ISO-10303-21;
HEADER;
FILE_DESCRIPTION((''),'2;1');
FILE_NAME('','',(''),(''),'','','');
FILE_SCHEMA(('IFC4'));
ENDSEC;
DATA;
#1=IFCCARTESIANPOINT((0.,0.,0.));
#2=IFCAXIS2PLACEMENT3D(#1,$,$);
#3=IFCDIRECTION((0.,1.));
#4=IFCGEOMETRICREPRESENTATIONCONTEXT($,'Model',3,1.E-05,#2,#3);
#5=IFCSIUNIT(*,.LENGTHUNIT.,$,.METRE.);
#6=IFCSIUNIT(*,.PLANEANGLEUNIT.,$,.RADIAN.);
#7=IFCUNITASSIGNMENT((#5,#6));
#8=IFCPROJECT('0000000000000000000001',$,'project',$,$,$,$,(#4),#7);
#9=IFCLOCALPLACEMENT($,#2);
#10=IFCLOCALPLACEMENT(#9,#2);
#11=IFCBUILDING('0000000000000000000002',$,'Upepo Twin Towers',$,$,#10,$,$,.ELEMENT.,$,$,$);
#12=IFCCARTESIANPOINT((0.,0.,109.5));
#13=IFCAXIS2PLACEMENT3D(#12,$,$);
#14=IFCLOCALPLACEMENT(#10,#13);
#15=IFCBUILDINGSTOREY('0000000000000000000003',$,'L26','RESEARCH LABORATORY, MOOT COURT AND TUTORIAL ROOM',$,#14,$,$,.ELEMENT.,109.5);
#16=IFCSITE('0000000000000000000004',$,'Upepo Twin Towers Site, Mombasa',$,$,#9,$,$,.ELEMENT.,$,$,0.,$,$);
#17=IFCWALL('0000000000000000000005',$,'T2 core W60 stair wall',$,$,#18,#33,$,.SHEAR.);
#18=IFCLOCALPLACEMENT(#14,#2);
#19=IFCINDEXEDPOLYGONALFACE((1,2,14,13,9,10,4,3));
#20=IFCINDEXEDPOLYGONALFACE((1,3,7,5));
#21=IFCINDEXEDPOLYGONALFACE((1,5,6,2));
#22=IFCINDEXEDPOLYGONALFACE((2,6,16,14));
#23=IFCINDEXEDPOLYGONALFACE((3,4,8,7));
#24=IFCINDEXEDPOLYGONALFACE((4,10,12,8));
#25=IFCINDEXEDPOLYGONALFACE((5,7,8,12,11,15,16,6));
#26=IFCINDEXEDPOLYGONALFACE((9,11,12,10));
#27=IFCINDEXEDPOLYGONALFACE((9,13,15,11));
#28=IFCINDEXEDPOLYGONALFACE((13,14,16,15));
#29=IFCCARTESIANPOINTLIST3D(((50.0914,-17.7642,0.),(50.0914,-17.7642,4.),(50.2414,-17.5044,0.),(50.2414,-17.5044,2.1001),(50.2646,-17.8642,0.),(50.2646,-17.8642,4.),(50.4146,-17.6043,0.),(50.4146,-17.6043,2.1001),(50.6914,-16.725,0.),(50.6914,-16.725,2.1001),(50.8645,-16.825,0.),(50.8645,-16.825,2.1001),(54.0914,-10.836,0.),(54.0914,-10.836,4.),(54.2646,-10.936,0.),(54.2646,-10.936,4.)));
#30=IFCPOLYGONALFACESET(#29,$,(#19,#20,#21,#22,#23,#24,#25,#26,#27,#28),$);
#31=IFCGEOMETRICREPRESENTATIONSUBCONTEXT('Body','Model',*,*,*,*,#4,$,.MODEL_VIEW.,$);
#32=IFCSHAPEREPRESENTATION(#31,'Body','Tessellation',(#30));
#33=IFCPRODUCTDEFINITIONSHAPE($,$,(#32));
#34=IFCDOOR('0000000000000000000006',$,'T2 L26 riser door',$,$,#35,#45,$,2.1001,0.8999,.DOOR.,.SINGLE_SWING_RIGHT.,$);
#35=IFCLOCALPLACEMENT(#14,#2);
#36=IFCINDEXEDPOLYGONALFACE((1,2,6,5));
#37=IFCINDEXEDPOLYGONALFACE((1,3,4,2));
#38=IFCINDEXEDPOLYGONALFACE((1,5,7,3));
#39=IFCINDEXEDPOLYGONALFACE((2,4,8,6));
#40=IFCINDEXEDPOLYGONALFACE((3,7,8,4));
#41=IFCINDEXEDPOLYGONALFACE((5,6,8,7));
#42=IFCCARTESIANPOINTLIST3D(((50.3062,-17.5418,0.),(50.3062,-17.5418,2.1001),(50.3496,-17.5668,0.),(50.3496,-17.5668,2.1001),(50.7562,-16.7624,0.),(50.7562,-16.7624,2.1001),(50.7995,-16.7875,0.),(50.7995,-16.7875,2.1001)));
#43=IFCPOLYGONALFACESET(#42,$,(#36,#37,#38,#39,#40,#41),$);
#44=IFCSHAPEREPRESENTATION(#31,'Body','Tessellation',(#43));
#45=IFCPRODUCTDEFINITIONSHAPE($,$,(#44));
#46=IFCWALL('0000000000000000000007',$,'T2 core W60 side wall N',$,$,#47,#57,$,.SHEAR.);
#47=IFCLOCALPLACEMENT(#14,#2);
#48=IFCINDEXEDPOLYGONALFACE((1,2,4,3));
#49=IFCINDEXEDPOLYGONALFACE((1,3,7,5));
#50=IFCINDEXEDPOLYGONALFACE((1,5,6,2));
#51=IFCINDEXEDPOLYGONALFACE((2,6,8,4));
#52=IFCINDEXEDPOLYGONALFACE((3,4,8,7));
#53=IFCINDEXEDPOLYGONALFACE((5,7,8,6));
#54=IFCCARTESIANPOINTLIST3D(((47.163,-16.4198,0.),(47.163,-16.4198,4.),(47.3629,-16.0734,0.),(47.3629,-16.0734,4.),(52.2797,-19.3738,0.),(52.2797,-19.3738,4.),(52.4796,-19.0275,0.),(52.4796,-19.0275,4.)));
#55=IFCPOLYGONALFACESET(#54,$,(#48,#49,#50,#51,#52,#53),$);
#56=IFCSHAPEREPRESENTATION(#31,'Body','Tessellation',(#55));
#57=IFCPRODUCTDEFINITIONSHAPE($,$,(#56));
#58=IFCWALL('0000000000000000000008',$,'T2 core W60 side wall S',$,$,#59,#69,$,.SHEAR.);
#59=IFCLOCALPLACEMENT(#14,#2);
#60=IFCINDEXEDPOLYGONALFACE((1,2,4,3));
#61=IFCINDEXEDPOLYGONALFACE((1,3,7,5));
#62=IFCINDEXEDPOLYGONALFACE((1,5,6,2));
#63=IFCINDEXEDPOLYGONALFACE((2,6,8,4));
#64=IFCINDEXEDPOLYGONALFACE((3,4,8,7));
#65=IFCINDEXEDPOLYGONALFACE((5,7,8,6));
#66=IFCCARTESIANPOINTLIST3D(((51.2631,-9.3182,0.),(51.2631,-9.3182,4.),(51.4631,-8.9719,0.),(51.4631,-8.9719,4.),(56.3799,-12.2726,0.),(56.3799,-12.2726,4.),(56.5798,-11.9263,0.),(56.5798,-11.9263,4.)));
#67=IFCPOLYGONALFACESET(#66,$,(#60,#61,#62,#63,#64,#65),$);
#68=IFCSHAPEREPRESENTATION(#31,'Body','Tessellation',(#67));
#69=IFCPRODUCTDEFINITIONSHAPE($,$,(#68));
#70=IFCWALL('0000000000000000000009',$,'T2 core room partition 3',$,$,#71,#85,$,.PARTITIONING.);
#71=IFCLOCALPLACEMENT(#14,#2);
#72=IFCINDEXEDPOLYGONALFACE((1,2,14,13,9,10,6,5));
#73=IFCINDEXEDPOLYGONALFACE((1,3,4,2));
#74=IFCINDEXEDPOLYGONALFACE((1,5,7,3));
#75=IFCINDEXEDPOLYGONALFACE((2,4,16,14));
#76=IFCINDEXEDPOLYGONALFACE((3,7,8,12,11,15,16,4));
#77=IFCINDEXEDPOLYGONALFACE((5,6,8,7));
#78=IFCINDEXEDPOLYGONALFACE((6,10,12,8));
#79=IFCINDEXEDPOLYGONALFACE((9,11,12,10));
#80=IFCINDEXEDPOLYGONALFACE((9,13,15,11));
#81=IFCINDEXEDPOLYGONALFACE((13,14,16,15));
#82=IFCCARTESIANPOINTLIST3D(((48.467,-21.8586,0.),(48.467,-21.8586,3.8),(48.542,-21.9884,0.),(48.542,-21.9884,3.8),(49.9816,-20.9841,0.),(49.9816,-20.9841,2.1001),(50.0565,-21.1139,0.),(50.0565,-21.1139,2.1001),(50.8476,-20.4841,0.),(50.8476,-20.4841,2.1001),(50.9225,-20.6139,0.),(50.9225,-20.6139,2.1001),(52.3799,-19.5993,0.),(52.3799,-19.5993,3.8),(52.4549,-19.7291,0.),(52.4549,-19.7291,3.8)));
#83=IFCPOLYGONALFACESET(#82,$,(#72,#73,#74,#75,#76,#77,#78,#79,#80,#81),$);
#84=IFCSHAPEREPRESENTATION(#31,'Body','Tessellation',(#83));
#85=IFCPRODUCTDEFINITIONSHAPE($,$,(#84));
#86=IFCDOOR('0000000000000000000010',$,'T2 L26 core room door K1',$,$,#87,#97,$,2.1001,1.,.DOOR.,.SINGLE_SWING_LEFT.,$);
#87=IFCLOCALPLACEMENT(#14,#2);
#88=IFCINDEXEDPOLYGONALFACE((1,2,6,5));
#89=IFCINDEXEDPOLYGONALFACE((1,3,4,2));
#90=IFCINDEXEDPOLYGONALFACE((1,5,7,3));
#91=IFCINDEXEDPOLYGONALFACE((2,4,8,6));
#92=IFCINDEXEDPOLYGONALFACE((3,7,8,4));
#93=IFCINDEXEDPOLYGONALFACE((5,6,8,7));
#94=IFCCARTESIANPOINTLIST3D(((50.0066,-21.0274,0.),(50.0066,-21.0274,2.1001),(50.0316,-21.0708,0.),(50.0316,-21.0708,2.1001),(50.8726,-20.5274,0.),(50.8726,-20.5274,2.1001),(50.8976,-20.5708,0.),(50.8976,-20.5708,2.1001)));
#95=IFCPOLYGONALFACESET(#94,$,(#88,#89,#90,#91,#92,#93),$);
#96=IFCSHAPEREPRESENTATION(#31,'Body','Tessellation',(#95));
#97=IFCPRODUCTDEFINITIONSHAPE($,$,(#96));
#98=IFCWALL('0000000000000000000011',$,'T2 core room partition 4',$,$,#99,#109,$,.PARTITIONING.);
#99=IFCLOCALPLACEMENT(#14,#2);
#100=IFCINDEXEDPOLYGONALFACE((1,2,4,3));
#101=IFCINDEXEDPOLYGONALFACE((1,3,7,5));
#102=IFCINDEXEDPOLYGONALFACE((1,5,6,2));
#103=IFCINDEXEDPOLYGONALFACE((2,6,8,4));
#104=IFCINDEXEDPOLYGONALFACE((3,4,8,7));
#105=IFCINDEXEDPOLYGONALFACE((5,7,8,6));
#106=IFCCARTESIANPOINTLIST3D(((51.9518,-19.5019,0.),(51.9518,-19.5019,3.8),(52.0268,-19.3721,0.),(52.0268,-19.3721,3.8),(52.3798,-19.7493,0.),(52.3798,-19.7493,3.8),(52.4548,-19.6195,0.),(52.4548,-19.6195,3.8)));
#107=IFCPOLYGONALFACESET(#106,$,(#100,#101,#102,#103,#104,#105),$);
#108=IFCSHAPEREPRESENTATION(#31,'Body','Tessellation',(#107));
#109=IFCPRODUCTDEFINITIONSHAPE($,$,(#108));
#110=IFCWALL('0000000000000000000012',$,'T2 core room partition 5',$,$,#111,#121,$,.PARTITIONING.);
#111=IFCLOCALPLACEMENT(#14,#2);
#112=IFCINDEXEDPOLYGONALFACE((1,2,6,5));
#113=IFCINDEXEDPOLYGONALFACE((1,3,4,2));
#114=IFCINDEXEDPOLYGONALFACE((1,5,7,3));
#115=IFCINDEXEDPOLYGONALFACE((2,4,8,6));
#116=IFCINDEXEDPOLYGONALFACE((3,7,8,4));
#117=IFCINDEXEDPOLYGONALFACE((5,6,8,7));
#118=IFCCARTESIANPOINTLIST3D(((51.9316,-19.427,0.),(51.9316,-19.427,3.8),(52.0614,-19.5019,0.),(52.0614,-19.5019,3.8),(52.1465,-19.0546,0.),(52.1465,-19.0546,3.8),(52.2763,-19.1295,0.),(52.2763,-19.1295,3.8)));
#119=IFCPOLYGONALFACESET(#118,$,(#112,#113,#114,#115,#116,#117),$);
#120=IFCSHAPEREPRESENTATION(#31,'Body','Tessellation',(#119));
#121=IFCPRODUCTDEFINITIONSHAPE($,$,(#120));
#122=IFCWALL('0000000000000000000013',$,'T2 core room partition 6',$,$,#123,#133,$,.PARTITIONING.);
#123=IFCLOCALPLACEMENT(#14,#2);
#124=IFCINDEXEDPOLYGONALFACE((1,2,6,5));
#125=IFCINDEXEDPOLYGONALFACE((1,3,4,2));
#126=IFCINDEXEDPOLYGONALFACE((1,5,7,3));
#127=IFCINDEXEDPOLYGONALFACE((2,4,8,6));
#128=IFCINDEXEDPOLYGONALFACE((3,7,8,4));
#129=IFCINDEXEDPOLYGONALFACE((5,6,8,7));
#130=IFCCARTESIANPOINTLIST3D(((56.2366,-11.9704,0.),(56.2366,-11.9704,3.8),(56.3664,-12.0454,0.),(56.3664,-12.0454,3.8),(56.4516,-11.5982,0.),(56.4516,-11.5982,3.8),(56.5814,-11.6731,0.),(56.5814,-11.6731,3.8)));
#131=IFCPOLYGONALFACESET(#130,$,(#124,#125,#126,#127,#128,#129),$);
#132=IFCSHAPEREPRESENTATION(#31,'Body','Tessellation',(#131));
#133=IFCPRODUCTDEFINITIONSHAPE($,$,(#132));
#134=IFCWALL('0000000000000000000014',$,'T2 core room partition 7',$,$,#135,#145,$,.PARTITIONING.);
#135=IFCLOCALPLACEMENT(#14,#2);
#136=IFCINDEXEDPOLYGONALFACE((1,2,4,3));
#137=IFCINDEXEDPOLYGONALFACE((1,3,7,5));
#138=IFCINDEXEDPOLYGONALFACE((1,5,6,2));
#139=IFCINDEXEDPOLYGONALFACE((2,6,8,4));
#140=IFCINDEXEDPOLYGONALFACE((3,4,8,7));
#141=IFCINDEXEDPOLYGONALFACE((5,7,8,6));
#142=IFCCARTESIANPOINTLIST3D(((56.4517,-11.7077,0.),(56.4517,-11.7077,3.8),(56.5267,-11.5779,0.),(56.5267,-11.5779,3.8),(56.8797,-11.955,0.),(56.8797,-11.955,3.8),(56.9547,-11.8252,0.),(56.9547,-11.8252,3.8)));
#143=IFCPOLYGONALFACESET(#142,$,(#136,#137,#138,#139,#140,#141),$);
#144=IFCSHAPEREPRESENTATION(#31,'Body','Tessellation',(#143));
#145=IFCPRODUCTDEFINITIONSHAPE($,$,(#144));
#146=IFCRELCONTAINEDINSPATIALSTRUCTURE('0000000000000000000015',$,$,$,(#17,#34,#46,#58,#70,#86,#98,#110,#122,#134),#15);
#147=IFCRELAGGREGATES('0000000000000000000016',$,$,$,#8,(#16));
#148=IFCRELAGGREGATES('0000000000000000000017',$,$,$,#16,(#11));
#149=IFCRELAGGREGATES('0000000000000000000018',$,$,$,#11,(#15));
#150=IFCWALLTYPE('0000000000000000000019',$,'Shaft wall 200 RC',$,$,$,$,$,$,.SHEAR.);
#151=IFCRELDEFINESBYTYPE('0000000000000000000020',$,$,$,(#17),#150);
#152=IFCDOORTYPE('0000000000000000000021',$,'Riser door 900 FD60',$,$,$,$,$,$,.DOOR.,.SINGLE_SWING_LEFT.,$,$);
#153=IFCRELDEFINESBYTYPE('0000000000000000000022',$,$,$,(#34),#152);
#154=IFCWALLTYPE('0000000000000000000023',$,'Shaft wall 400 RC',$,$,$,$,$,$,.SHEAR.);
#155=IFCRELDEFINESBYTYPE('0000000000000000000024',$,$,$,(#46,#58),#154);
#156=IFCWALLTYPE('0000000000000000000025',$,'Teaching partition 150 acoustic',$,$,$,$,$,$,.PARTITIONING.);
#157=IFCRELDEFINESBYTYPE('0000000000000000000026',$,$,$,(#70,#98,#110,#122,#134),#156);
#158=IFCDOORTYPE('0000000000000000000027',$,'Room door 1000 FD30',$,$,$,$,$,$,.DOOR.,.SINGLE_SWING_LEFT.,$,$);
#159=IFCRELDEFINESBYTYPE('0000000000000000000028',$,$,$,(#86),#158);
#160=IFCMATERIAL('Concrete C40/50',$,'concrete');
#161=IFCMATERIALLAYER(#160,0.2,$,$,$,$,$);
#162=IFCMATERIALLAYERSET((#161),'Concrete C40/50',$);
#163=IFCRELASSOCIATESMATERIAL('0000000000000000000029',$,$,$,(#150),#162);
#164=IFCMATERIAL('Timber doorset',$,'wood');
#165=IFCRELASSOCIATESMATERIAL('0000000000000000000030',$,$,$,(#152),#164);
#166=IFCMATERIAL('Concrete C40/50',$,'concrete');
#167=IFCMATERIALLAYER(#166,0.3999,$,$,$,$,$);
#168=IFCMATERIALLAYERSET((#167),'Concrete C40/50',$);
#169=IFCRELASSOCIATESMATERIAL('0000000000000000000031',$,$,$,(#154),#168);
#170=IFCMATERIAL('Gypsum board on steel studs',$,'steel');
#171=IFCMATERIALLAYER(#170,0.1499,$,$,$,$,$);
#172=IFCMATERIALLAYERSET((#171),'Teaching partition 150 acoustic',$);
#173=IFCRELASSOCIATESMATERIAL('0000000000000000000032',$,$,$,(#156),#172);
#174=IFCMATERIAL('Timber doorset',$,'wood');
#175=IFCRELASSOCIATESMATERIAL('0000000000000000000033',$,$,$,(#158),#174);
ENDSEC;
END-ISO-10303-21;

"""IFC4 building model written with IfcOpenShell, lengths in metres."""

from ifc_helpers import new_model, si_unit, direction, frame, frame_2d, origin, place, context, subcontext, project, spatial, rectangle, extrude, material, layer, layer_set, type_object, element, fill, save


model = new_model("IFC4")

# Units and contexts
model_context = context("Model", 3, precision=1e-05, world=origin(), true_north=direction((0.0, 1.0)))
body_context = subcontext(model_context, "Body", "Model", "MODEL_VIEW")
ifc_project = project(units=[si_unit("LENGTHUNIT", "METRE"), si_unit("PLANEANGLEUNIT", "RADIAN")], contexts=[model_context])

# Site, building, storey
site_placement = place(None, origin())
site = spatial("IfcSite", under=ifc_project, at=site_placement, Name="Upepo Twin Towers Site, Mombasa", CompositionType="ELEMENT", RefElevation=0.0)
building_placement = place(site_placement, origin())
building = spatial("IfcBuilding", under=site, at=building_placement, Name="Upepo Twin Towers", CompositionType="ELEMENT")
storey_placement = place(building_placement, frame((0.0, 0.0, 109.5)))
storey = spatial("IfcBuildingStorey", under=building, at=storey_placement, Name="L26", Description="RESEARCH LABORATORY, MOOT COURT AND TUTORIAL ROOM", CompositionType="ELEMENT", Elevation=109.5)

# Shared definitions
ifc_material_1 = material(Name="Concrete C40/50", Category="concrete")
ifc_layer_1 = layer(ifc_material_1, 0.2)
ifc_layer_set_1 = layer_set([ifc_layer_1], Name="Concrete C40/50")
wall_type_1 = type_object("IfcWallType", Name="Shaft wall 200 RC", PredefinedType="SHEAR", material=ifc_layer_set_1)

# Wall, opening, door
wall_1_placement = place(storey_placement, frame((54.178, -10.886, 0.0), z_axis=(0.0, 0.0, 1.0), x_axis=(-0.499999, -0.866026, 0.0)))
wall_1 = element("IfcWall", 1, at=wall_1_placement, inside=storey, type_object=wall_type_1, Name="T2 core W60 stair wall", PredefinedType="SHEAR", context=body_context, shape_type="SweptSolid", body=[
    extrude(rectangle(XDim=8.0, YDim=0.2, at=frame_2d((4.0, 0.0))), origin(), (0.0, 0.0, 1.0), 4.0),
])
opening_1_placement = place(wall_1_placement, frame((6.8, 0.0, 0.0)))
opening_1 = element("IfcOpeningElement", 2, at=opening_1_placement, cuts=wall_1, PredefinedType="OPENING", context=body_context, shape_type="SweptSolid", body=[
    extrude(rectangle(XDim=0.8999, YDim=2.1001, at=frame_2d((0.45, 1.05))), frame((0.0, 0.1099, 0.0), z_axis=(0.0, -1.0, 0.0), x_axis=(1.0, 0.0, 0.0)), (0.0, 0.0, 1.0), 0.22),
])
ifc_material_2 = material(Name="Timber doorset", Category="wood")
door_type_1 = type_object("IfcDoorType", Name="Riser door 900 FD60", OperationType="SINGLE_SWING_LEFT", PredefinedType="DOOR", material=ifc_material_2)
door_1_placement = place(opening_1_placement, origin())
door_1 = element("IfcDoor", 3, at=door_1_placement, inside=storey, type_object=door_type_1, Name="T2 L26 riser door", OperationType="SINGLE_SWING_RIGHT", OverallHeight=2.1001, OverallWidth=0.8999, PredefinedType="DOOR", context=body_context, shape_type="SweptSolid", body=[
    extrude(rectangle(XDim=0.8999, YDim=2.1001, at=frame_2d((0.45, 1.05))), frame((0.0, 0.0249, 0.0), z_axis=(0.0, -1.0, 0.0), x_axis=(1.0, 0.0, 0.0)), (0.0, 0.0, 1.0), 0.05),
])
fill(opening_1, door_1)

# Walls
ifc_material_3 = material(Name="Concrete C40/50", Category="concrete")
ifc_layer_2 = layer(ifc_material_3, 0.3999)
ifc_layer_set_2 = layer_set([ifc_layer_2], Name="Concrete C40/50")
wall_type_2 = type_object("IfcWallType", Name="Shaft wall 400 RC", PredefinedType="SHEAR", material=ifc_layer_set_2)
wall_2_placement = place(storey_placement, frame((52.3796, -19.2007, 0.0), z_axis=(0.0, 0.0, 1.0), x_axis=(-0.866027, 0.499997, 0.0)))
element("IfcWall", 4, at=wall_2_placement, inside=storey, type_object=wall_type_2, Name="T2 core W60 side wall N", PredefinedType="SHEAR", context=body_context, shape_type="SweptSolid", body=[
    extrude(rectangle(XDim=5.9082, YDim=0.3999, at=frame_2d((2.9541, 0.0))), origin(), (0.0, 0.0, 1.0), 4.0),
])
wall_3_placement = place(storey_placement, frame((56.4797, -12.0994, 0.0), z_axis=(0.0, 0.0, 1.0), x_axis=(-0.866009, 0.500028, 0.0)))
element("IfcWall", 5, at=wall_3_placement, inside=storey, type_object=wall_type_2, Name="T2 core W60 side wall S", PredefinedType="SHEAR", context=body_context, shape_type="SweptSolid", body=[
    extrude(rectangle(XDim=5.9084, YDim=0.3999, at=frame_2d((2.9541, 0.0))), origin(), (0.0, 0.0, 1.0), 4.0),
])

# Wall, opening, door
ifc_material_4 = material(Name="Gypsum board on steel studs", Category="steel")
ifc_layer_3 = layer(ifc_material_4, 0.1499)
ifc_layer_set_3 = layer_set([ifc_layer_3], Name="Teaching partition 150 acoustic")
wall_type_3 = type_object("IfcWallType", Name="Teaching partition 150 acoustic", PredefinedType="PARTITIONING", material=ifc_layer_set_3)
wall_4_placement = place(storey_placement, frame((48.5044, -21.9236, 0.0), z_axis=(0.0, 0.0, 1.0), x_axis=(0.866007, 0.500033, 0.0)))
wall_4 = element("IfcWall", 6, at=wall_4_placement, inside=storey, type_object=wall_type_3, Name="T2 core room partition 3", PredefinedType="PARTITIONING", context=body_context, shape_type="SweptSolid", body=[
    extrude(rectangle(XDim=4.5183, YDim=0.1499, at=frame_2d((2.2593, 0.0))), origin(), (0.0, 0.0, 1.0), 3.8),
])
opening_2_placement = place(wall_4_placement, frame((1.749, 0.0, 0.0)))
opening_2 = element("IfcOpeningElement", 7, at=opening_2_placement, cuts=wall_4, PredefinedType="OPENING", context=body_context, shape_type="SweptSolid", body=[
    extrude(rectangle(XDim=1.0, YDim=2.1001, at=frame_2d((0.5, 1.05))), frame((0.0, 0.085, 0.0), z_axis=(0.0, -1.0, 0.0), x_axis=(1.0, 0.0, 0.0)), (0.0, 0.0, 1.0), 0.1699),
])
ifc_material_5 = material(Name="Timber doorset", Category="wood")
door_type_2 = type_object("IfcDoorType", Name="Room door 1000 FD30", OperationType="SINGLE_SWING_LEFT", PredefinedType="DOOR", material=ifc_material_5)
door_2_placement = place(opening_2_placement, origin())
door_2 = element("IfcDoor", 8, at=door_2_placement, inside=storey, type_object=door_type_2, Name="T2 L26 core room door K1", OperationType="SINGLE_SWING_LEFT", OverallHeight=2.1001, OverallWidth=1.0, PredefinedType="DOOR", context=body_context, shape_type="SweptSolid", body=[
    extrude(rectangle(XDim=1.0, YDim=2.1001, at=frame_2d((0.5, 1.05))), frame((0.0, 0.0249, 0.0), z_axis=(0.0, -1.0, 0.0), x_axis=(1.0, 0.0, 0.0)), (0.0, 0.0, 1.0), 0.05),
])
fill(opening_2, door_2)

# Walls
wall_5_placement = place(storey_placement, frame((52.4172, -19.6843, 0.0), z_axis=(0.0, 0.0, 1.0), x_axis=(-0.865832, 0.500335, 0.0)))
element("IfcWall", 9, at=wall_5_placement, inside=storey, type_object=wall_type_3, Name="T2 core room partition 4", PredefinedType="PARTITIONING", context=body_context, shape_type="SweptSolid", body=[
    extrude(rectangle(XDim=0.4944, YDim=0.1499, at=frame_2d((0.2471, 0.0))), origin(), (0.0, 0.0, 1.0), 3.8),
])
for number, where, z_axis, x_axis, name in (
    (10, (51.9966, -19.4644, 0.0), (0.0, 0.0, 1.0), (0.499804, 0.866138, 0.0), "T2 core room partition 5"),
    (11, (56.3015, -12.0078, 0.0), (0.0, 0.0, 1.0), (0.50023, 0.865892, 0.0), "T2 core room partition 6"),
):
    element("IfcWall", number, at=place(storey_placement, frame(where, z_axis=z_axis, x_axis=x_axis)), inside=storey, type_object=wall_type_3, Name=name, PredefinedType="PARTITIONING", context=body_context, shape_type="SweptSolid", body=[
        extrude(rectangle(XDim=0.4299, YDim=0.1499, at=frame_2d((0.2148, 0.0))), origin(), (0.0, 0.0, 1.0), 3.8),
    ])
wall_6_placement = place(storey_placement, frame((56.4893, -11.6428, 0.0), z_axis=(0.0, 0.0, 1.0), x_axis=(0.865832, -0.500335, 0.0)))
element("IfcWall", 12, at=wall_6_placement, inside=storey, type_object=wall_type_3, Name="T2 core room partition 7", PredefinedType="PARTITIONING", context=body_context, shape_type="SweptSolid", body=[
    extrude(rectangle(XDim=0.4944, YDim=0.1499, at=frame_2d((0.2471, 0.0))), origin(), (0.0, 0.0, 1.0), 3.8),
])

save(model, "model.ifc")
